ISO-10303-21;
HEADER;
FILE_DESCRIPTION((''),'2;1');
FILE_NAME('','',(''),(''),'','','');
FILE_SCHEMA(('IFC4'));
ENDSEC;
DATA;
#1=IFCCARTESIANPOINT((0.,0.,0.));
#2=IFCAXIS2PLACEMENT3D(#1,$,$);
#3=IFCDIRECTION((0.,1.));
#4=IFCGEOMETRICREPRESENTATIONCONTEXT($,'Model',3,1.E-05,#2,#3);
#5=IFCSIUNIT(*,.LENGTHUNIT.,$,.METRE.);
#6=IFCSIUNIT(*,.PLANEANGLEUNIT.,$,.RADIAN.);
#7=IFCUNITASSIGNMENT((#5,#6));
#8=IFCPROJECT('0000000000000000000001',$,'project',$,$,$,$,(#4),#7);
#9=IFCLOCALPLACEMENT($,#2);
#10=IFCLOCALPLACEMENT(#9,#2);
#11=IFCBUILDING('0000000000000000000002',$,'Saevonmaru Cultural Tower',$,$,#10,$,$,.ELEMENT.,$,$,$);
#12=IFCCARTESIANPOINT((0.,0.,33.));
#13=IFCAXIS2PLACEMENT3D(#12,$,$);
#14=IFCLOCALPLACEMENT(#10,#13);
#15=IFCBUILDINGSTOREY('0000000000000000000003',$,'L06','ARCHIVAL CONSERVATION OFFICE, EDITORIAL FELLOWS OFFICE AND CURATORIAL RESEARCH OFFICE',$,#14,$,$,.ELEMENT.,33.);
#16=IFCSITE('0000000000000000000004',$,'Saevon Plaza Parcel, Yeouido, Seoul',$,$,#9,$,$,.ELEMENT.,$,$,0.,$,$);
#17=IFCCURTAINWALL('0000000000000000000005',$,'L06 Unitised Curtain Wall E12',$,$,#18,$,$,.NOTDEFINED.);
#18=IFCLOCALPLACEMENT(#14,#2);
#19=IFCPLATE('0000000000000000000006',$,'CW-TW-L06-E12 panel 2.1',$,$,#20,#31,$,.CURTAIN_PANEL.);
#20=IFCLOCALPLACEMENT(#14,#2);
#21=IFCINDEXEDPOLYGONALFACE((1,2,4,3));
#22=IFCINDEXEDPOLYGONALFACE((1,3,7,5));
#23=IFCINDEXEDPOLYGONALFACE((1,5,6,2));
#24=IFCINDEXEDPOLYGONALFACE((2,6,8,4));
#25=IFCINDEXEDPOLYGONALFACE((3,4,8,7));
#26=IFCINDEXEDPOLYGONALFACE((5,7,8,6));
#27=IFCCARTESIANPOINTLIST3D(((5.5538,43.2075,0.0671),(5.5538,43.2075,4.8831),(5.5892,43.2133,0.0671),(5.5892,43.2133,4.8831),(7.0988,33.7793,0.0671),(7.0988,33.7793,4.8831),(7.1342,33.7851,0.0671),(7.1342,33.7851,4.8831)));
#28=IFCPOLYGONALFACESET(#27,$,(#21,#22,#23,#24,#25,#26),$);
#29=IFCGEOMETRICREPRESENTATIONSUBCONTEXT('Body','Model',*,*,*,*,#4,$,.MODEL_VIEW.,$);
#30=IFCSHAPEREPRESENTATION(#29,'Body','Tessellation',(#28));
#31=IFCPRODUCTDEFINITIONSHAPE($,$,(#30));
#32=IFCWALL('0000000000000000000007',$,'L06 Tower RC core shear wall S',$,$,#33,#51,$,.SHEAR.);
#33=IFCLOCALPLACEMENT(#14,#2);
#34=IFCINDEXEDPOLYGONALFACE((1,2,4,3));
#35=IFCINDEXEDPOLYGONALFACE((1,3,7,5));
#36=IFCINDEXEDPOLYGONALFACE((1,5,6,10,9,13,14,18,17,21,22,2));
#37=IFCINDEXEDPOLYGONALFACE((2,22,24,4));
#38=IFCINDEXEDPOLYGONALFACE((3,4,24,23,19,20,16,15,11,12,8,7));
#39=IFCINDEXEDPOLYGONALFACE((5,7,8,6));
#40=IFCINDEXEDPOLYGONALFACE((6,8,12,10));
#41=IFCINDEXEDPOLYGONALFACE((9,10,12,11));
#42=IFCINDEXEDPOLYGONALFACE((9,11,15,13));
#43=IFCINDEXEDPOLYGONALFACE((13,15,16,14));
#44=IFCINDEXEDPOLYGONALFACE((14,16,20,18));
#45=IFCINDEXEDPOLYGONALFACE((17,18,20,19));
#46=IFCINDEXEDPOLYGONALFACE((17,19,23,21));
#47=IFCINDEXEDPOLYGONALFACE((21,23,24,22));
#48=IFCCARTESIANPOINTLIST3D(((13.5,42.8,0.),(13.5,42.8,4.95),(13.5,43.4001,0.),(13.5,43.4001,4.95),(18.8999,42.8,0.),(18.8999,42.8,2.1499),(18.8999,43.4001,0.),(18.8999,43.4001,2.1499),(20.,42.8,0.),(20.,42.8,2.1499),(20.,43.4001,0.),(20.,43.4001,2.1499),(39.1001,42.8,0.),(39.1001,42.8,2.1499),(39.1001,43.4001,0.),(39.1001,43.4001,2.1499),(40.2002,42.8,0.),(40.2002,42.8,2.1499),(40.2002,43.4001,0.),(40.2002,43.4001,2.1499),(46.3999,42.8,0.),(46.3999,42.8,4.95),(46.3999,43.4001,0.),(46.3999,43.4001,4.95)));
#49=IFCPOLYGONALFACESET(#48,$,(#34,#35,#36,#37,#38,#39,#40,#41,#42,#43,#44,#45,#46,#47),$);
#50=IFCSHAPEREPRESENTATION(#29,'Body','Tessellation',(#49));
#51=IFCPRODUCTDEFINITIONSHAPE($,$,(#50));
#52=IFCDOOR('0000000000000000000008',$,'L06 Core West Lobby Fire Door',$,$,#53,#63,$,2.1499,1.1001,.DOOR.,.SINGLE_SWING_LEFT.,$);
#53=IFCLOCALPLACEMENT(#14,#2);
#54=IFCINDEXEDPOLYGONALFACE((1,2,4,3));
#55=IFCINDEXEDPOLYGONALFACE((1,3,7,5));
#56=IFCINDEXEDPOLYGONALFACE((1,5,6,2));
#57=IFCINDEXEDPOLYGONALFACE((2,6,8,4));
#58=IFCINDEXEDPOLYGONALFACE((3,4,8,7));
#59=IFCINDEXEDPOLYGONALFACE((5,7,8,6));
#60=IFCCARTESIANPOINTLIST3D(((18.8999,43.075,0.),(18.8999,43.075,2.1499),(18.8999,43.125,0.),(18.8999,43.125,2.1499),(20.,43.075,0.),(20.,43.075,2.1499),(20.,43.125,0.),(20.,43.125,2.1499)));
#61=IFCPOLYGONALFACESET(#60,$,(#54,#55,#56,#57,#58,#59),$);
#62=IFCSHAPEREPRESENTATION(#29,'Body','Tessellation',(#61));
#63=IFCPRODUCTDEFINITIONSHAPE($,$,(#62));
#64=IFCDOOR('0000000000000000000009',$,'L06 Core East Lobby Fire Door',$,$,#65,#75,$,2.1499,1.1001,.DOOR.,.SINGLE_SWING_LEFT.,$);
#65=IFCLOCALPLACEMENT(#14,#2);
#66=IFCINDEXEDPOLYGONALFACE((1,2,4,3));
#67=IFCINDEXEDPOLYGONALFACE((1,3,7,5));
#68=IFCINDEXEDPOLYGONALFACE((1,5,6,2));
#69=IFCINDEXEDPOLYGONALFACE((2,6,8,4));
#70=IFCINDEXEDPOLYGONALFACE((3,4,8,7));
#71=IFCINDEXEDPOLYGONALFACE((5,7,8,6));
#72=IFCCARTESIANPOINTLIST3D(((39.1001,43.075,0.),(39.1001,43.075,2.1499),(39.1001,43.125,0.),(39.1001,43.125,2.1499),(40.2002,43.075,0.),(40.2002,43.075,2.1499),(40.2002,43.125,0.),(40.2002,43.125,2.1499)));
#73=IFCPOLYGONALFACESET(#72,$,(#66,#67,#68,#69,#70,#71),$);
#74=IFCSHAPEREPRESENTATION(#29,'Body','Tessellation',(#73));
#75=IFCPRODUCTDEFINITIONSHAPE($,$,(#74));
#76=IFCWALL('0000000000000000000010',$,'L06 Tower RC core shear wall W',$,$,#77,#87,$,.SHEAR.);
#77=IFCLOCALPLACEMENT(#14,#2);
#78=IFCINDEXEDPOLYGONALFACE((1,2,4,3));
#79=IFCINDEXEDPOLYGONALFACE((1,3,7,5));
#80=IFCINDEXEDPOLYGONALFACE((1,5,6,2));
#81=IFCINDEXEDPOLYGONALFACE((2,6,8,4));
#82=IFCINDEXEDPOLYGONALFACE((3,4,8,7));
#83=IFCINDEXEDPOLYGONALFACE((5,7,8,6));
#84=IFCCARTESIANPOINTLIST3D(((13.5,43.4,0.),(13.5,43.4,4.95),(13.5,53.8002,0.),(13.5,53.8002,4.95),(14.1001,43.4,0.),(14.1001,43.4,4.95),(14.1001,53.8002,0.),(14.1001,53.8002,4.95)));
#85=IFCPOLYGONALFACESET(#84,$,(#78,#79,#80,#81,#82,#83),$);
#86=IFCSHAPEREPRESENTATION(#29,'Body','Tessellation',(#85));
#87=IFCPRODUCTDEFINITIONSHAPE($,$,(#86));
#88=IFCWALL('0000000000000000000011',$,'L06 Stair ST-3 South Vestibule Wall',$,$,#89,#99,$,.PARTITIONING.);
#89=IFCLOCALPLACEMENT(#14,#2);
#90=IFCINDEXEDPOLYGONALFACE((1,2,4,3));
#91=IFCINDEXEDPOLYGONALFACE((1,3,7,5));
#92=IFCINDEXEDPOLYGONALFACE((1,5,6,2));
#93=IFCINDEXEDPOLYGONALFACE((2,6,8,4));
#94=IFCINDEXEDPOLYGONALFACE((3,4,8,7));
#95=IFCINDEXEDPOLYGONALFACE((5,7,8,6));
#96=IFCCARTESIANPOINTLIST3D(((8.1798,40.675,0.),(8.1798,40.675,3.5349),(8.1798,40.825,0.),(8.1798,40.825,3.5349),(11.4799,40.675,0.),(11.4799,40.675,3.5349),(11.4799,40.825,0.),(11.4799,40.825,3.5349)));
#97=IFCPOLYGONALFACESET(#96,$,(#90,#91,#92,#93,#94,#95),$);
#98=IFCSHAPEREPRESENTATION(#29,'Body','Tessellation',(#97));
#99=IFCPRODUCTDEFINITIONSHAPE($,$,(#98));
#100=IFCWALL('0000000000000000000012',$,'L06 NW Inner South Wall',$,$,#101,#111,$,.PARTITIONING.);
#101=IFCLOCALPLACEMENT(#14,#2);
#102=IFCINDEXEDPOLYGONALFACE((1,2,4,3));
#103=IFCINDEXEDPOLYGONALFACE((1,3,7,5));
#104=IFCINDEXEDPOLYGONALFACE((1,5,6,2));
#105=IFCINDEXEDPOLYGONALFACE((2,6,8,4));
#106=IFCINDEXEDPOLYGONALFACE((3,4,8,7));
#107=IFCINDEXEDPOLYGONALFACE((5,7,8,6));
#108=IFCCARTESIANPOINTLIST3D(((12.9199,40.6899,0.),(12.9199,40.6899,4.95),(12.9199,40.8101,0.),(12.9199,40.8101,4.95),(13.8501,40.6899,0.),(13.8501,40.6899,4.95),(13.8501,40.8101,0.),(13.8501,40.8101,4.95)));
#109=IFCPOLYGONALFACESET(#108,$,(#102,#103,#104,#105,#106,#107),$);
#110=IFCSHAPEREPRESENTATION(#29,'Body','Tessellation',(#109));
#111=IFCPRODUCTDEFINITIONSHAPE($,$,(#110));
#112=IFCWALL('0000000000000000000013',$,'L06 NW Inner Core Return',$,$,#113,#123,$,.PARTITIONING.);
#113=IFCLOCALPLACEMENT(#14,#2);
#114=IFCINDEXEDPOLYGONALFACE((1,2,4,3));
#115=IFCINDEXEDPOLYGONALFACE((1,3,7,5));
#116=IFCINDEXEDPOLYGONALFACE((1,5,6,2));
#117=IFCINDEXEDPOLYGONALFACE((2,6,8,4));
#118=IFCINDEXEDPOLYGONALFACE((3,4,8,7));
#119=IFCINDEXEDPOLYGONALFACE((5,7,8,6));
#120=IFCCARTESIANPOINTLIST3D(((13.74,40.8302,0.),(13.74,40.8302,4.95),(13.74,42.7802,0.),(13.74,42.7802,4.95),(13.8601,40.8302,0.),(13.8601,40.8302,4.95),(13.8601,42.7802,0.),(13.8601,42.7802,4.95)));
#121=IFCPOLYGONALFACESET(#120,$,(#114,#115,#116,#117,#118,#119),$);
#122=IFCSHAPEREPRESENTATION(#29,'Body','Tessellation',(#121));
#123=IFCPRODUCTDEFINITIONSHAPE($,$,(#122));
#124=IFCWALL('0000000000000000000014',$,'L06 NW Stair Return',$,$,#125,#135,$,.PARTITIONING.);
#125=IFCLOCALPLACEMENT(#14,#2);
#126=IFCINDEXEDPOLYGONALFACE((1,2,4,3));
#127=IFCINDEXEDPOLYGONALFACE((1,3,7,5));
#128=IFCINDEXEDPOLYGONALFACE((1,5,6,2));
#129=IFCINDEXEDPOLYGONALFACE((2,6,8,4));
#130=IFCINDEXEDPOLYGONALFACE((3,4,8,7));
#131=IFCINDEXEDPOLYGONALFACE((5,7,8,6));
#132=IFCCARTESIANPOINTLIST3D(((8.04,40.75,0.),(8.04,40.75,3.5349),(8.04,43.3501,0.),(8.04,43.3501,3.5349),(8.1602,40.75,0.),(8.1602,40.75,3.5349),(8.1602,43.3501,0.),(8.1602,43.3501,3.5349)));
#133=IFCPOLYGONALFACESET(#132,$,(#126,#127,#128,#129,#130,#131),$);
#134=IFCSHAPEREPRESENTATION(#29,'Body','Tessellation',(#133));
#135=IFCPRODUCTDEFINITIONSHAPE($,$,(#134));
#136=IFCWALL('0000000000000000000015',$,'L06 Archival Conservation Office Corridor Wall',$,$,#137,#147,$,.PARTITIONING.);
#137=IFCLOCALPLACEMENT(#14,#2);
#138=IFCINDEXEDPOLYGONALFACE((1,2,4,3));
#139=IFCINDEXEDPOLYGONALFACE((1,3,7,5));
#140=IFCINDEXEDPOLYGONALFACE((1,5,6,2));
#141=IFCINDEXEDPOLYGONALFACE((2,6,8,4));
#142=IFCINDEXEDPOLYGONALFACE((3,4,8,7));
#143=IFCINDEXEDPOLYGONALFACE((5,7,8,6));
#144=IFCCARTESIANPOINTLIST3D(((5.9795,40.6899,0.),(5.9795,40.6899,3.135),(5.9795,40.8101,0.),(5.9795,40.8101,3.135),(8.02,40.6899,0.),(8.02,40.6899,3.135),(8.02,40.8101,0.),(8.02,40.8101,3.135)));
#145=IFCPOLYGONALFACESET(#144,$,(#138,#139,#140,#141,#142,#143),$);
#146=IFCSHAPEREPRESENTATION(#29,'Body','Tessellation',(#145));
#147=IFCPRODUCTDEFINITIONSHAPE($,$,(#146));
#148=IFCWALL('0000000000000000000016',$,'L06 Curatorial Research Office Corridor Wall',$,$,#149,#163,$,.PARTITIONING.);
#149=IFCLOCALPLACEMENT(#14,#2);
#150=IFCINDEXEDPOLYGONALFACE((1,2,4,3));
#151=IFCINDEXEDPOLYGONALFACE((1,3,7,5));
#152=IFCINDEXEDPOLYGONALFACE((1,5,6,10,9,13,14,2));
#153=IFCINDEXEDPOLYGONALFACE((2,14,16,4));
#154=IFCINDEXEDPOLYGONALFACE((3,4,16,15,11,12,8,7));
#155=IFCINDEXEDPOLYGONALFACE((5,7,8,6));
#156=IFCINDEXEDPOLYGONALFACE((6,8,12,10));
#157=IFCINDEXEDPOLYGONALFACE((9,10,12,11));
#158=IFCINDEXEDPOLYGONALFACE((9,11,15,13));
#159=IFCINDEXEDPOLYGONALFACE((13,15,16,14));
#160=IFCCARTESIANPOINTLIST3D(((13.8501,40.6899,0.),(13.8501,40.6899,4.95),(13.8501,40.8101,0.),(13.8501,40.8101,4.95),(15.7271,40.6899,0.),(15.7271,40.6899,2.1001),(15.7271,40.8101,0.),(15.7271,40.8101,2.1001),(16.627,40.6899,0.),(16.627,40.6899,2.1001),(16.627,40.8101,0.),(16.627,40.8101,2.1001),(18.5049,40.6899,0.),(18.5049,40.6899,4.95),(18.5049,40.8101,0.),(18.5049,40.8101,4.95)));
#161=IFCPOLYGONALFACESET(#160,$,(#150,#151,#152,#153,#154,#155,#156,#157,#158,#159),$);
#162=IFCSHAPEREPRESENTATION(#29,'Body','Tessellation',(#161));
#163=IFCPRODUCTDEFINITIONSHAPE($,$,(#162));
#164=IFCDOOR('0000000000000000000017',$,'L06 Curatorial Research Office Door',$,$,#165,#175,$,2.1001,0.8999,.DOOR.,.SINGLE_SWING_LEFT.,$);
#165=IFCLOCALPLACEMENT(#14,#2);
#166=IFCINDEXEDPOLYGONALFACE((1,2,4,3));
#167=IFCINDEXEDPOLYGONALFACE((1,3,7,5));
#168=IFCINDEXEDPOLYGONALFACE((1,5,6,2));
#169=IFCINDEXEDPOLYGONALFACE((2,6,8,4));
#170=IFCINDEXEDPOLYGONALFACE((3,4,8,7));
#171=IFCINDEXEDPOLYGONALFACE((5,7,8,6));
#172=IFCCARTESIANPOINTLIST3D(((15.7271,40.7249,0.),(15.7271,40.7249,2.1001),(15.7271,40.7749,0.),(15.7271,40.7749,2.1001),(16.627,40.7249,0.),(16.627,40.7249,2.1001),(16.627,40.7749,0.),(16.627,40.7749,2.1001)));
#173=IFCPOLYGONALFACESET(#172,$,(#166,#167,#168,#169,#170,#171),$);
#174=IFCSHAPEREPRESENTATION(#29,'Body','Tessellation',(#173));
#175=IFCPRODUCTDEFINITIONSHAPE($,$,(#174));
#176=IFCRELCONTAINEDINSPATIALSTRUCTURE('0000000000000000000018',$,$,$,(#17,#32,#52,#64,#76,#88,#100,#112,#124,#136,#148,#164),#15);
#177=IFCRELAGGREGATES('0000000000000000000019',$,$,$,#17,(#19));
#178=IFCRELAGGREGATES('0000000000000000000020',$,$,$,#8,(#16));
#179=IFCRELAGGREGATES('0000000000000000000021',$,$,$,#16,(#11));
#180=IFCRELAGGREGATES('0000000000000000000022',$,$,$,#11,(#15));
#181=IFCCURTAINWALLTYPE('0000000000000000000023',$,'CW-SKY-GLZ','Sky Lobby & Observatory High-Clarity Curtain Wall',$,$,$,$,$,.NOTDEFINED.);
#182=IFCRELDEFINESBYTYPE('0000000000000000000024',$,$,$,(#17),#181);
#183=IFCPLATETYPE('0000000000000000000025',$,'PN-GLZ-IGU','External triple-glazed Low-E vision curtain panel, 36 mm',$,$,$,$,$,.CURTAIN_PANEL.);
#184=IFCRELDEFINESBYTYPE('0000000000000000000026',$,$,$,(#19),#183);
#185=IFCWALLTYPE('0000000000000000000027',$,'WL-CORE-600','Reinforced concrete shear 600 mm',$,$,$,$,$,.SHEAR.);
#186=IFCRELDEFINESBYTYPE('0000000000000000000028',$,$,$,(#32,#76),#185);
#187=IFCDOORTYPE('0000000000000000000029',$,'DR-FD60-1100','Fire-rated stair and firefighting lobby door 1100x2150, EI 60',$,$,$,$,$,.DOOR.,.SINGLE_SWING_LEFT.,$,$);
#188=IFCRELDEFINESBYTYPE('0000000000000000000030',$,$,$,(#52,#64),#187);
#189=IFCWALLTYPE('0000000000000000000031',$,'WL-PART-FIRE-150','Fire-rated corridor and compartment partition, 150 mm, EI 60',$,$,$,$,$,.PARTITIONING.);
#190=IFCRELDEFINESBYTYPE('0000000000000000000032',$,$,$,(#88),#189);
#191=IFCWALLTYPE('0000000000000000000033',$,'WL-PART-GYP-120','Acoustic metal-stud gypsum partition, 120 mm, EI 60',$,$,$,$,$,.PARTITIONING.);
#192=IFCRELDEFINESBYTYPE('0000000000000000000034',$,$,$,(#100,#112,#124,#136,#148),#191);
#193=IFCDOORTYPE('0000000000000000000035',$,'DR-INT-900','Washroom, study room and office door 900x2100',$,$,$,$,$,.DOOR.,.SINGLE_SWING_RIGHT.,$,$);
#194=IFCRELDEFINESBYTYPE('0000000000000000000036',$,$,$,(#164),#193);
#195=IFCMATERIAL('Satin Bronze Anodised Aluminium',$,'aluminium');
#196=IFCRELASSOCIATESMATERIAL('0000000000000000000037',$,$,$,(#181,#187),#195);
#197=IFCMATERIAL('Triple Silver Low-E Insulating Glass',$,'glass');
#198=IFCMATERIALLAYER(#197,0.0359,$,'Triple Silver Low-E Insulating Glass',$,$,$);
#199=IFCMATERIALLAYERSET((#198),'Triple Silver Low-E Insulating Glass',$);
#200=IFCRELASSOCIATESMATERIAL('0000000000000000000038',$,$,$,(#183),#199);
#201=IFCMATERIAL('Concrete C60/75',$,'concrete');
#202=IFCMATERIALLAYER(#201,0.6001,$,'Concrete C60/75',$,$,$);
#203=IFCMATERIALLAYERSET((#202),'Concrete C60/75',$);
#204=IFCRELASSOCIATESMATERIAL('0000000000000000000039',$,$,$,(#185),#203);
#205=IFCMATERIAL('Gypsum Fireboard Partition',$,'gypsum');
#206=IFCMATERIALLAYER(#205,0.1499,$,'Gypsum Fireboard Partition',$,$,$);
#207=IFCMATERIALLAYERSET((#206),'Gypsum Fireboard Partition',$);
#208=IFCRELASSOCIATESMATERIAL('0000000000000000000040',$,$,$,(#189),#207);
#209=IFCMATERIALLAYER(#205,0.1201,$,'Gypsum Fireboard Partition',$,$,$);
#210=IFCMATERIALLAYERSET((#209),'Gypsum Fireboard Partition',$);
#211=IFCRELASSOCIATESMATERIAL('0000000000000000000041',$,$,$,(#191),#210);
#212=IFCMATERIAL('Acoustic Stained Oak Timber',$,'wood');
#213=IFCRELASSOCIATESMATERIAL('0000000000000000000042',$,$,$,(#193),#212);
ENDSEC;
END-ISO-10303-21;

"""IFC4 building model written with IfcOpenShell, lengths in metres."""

from ifc_helpers import new_model, si_unit, direction, frame, frame_2d, origin, origin_2d, place, context, subcontext, project, spatial, rectangle, extrude, material, layer, layer_set, type_object, element, fill, aggregate, save


model = new_model("IFC4")

# Units and contexts
model_context = context("Model", 3, precision=1e-05, world=origin(), true_north=direction((0.0, 1.0)))
body_context = subcontext(model_context, "Body", "Model", "MODEL_VIEW")
ifc_project = project(units=[si_unit("LENGTHUNIT", "METRE"), si_unit("PLANEANGLEUNIT", "RADIAN")], contexts=[model_context])

# Site, building, storey
site_placement = place(None, origin())
site = spatial("IfcSite", under=ifc_project, at=site_placement, Name="Saevon Plaza Parcel, Yeouido, Seoul", CompositionType="ELEMENT", RefElevation=0.0)
building_placement = place(site_placement, origin())
building = spatial("IfcBuilding", under=site, at=building_placement, Name="Saevonmaru Cultural Tower", CompositionType="ELEMENT")
storey_placement = place(building_placement, frame((0.0, 0.0, 33.0)))
storey = spatial("IfcBuildingStorey", under=building, at=storey_placement, Name="L06", Description="ARCHIVAL CONSERVATION OFFICE, EDITORIAL FELLOWS OFFICE AND CURATORIAL RESEARCH OFFICE", CompositionType="ELEMENT", Elevation=33.0)

# Curtain wall
ifc_material_1 = material(Name="Satin Bronze Anodised Aluminium", Category="aluminium")
curtain_wall_type = type_object("IfcCurtainWallType", Name="CW-SKY-GLZ", Description="Sky Lobby & Observatory High-Clarity Curtain Wall", PredefinedType="NOTDEFINED", material=ifc_material_1)
curtain_wall_placement = place(storey_placement, origin())
curtain_wall = element("IfcCurtainWall", 1, at=curtain_wall_placement, inside=storey, type_object=curtain_wall_type, Name="L06 Unitised Curtain Wall E12", PredefinedType="NOTDEFINED")

# Plate
ifc_material_2 = material(Name="Triple Silver Low-E Insulating Glass", Category="glass")
ifc_layer_1 = layer(ifc_material_2, 0.0359, Name="Triple Silver Low-E Insulating Glass")
ifc_layer_set_1 = layer_set([ifc_layer_1], Name="Triple Silver Low-E Insulating Glass")
plate_type_1 = type_object("IfcPlateType", Name="PN-GLZ-IGU", Description="External triple-glazed Low-E vision curtain panel, 36 mm", PredefinedType="CURTAIN_PANEL", material=ifc_layer_set_1)
plate_placement = place(storey_placement, frame((6.344, 38.4963, 0.0671), z_axis=(0.0, 0.0, 1.0), x_axis=(0.161709, -0.986839, 0.0)))
plate = element("IfcPlate", 2, at=plate_placement, type_object=plate_type_1, Name="CW-TW-L06-E12 panel 2.1", PredefinedType="CURTAIN_PANEL", context=body_context, shape_type="SweptSolid", body=[
    extrude(rectangle(XDim=9.554, YDim=0.0359, at=origin_2d()), origin(), (0.0, 0.0, 1.0), 4.8159),
])
aggregate(curtain_wall, [plate])

# Wall, openings, doors
ifc_material_3 = material(Name="Concrete C60/75", Category="concrete")
ifc_layer_2 = layer(ifc_material_3, 0.6001, Name="Concrete C60/75")
ifc_layer_set_2 = layer_set([ifc_layer_2], Name="Concrete C60/75")
wall_type_1 = type_object("IfcWallType", Name="WL-CORE-600", Description="Reinforced concrete shear 600 mm", PredefinedType="SHEAR", material=ifc_layer_set_2)
wall_1_placement = place(storey_placement, frame((13.5, 43.1001, 0.0), z_axis=(0.0, 0.0, 1.0), x_axis=(1.0, 0.0, 0.0)))
wall_1 = element("IfcWall", 3, at=wall_1_placement, inside=storey, type_object=wall_type_1, Name="L06 Tower RC core shear wall S", PredefinedType="SHEAR", context=body_context, shape_type="SweptSolid", body=[
    extrude(rectangle(XDim=32.8999, YDim=0.6001, at=frame_2d((16.45, 0.0))), origin(), (0.0, 0.0, 1.0), 4.95),
])
opening_1_placement = place(wall_1_placement, frame((5.3999, 0.0, 0.0)))
opening_1 = element("IfcOpeningElement", 4, at=opening_1_placement, cuts=wall_1, PredefinedType="OPENING", context=body_context, shape_type="SweptSolid", body=[
    extrude(rectangle(XDim=1.1001, YDim=2.1499, at=frame_2d((0.55, 1.075))), frame((0.0, 0.3101, 0.0), z_axis=(0.0, -1.0, 0.0), x_axis=(1.0, 0.0, 0.0)), (0.0, 0.0, 1.0), 0.6201),
])
opening_2_placement = place(wall_1_placement, frame((25.6001, 0.0, 0.0)))
opening_2 = element("IfcOpeningElement", 5, at=opening_2_placement, cuts=wall_1, PredefinedType="OPENING", context=body_context, shape_type="SweptSolid", body=[
    extrude(rectangle(XDim=1.1001, YDim=2.1499, at=frame_2d((0.55, 1.075))), frame((0.0, 0.3101, 0.0), z_axis=(0.0, -1.0, 0.0), x_axis=(1.0, 0.0, 0.0)), (0.0, 0.0, 1.0), 0.6201),
])
door_type_1 = type_object("IfcDoorType", Name="DR-FD60-1100", Description="Fire-rated stair and firefighting lobby door 1100x2150, EI 60", OperationType="SINGLE_SWING_LEFT", PredefinedType="DOOR", material=ifc_material_1)
door_1_placement = place(opening_1_placement, origin())
door_1 = element("IfcDoor", 6, at=door_1_placement, inside=storey, type_object=door_type_1, Name="L06 Core West Lobby Fire Door", OperationType="SINGLE_SWING_LEFT", OverallHeight=2.1499, OverallWidth=1.1001, PredefinedType="DOOR", context=body_context, shape_type="SweptSolid", body=[
    extrude(rectangle(XDim=1.1001, YDim=2.1499, at=frame_2d((0.55, 1.075))), frame((0.0, 0.0249, 0.0), z_axis=(0.0, -1.0, 0.0), x_axis=(1.0, 0.0, 0.0)), (0.0, 0.0, 1.0), 0.05),
])
fill(opening_1, door_1)
door_2_placement = place(opening_2_placement, origin())
door_2 = element("IfcDoor", 7, at=door_2_placement, inside=storey, type_object=door_type_1, Name="L06 Core East Lobby Fire Door", OperationType="SINGLE_SWING_LEFT", OverallHeight=2.1499, OverallWidth=1.1001, PredefinedType="DOOR", context=body_context, shape_type="SweptSolid", body=[
    extrude(rectangle(XDim=1.1001, YDim=2.1499, at=frame_2d((0.55, 1.075))), frame((0.0, 0.0249, 0.0), z_axis=(0.0, -1.0, 0.0), x_axis=(1.0, 0.0, 0.0)), (0.0, 0.0, 1.0), 0.05),
])
fill(opening_2, door_2)

# Walls
wall_2_placement = place(storey_placement, frame((13.8, 43.3999, 0.0), z_axis=(0.0, 0.0, 1.0), x_axis=(0.0, 1.0, 0.0)))
element("IfcWall", 8, at=wall_2_placement, inside=storey, type_object=wall_type_1, Name="L06 Tower RC core shear wall W", PredefinedType="SHEAR", context=body_context, shape_type="SweptSolid", body=[
    extrude(rectangle(XDim=10.4001, YDim=0.6001, at=frame_2d((5.2002, 0.0))), origin(), (0.0, 0.0, 1.0), 4.95),
])
ifc_material_4 = material(Name="Gypsum Fireboard Partition", Category="gypsum")
ifc_layer_3 = layer(ifc_material_4, 0.1499, Name="Gypsum Fireboard Partition")
ifc_layer_set_3 = layer_set([ifc_layer_3], Name="Gypsum Fireboard Partition")
wall_type_2 = type_object("IfcWallType", Name="WL-PART-FIRE-150", Description="Fire-rated corridor and compartment partition, 150 mm, EI 60", PredefinedType="PARTITIONING", material=ifc_layer_set_3)
wall_3_placement = place(storey_placement, frame((8.1799, 40.75, 0.0), z_axis=(0.0, 0.0, 1.0), x_axis=(1.0, 0.0, 0.0)))
element("IfcWall", 9, at=wall_3_placement, inside=storey, type_object=wall_type_2, Name="L06 Stair ST-3 South Vestibule Wall", PredefinedType="PARTITIONING", context=body_context, shape_type="SweptSolid", body=[
    extrude(rectangle(XDim=3.3, YDim=0.1499, at=frame_2d((1.6499, 0.0))), origin(), (0.0, 0.0, 1.0), 3.5349),
])
ifc_layer_4 = layer(ifc_material_4, 0.1201, Name="Gypsum Fireboard Partition")
ifc_layer_set_4 = layer_set([ifc_layer_4], Name="Gypsum Fireboard Partition")
wall_type_3 = type_object("IfcWallType", Name="WL-PART-GYP-120", Description="Acoustic metal-stud gypsum partition, 120 mm, EI 60", PredefinedType="PARTITIONING", material=ifc_layer_set_4)
wall_4_placement = place(storey_placement, frame((12.9199, 40.75, 0.0), z_axis=(0.0, 0.0, 1.0), x_axis=(1.0, 0.0, 0.0)))
element("IfcWall", 10, at=wall_4_placement, inside=storey, type_object=wall_type_3, Name="L06 NW Inner South Wall", PredefinedType="PARTITIONING", context=body_context, shape_type="SweptSolid", body=[
    extrude(rectangle(XDim=0.9302, YDim=0.1201, at=frame_2d((0.4651, 0.0))), origin(), (0.0, 0.0, 1.0), 4.95),
])
wall_5_placement = place(storey_placement, frame((13.8, 40.8301, 0.0), z_axis=(0.0, 0.0, 1.0), x_axis=(0.0, 1.0, 0.0)))
element("IfcWall", 11, at=wall_5_placement, inside=storey, type_object=wall_type_3, Name="L06 NW Inner Core Return", PredefinedType="PARTITIONING", context=body_context, shape_type="SweptSolid", body=[
    extrude(rectangle(XDim=1.95, YDim=0.1201, at=frame_2d((0.9751, 0.0))), origin(), (0.0, 0.0, 1.0), 4.95),
])
wall_6_placement = place(storey_placement, frame((8.1001, 40.75, 0.0), z_axis=(0.0, 0.0, 1.0), x_axis=(0.0, 1.0, 0.0)))
element("IfcWall", 12, at=wall_6_placement, inside=storey, type_object=wall_type_3, Name="L06 NW Stair Return", PredefinedType="PARTITIONING", context=body_context, shape_type="SweptSolid", body=[
    extrude(rectangle(XDim=2.6001, YDim=0.1201, at=frame_2d((1.3, 0.0))), origin(), (0.0, 0.0, 1.0), 3.5349),
])
wall_7_placement = place(storey_placement, frame((5.9795, 40.75, 0.0), z_axis=(0.0, 0.0, 1.0), x_axis=(1.0, 0.0, 0.0)))
element("IfcWall", 13, at=wall_7_placement, inside=storey, type_object=wall_type_3, Name="L06 Archival Conservation Office Corridor Wall", PredefinedType="PARTITIONING", context=body_context, shape_type="SweptSolid", body=[
    extrude(rectangle(XDim=2.0405, YDim=0.1201, at=frame_2d((1.0203, 0.0))), origin(), (0.0, 0.0, 1.0), 3.135),
])

# Wall, opening, door
wall_8_placement = place(storey_placement, frame((13.8501, 40.75, 0.0), z_axis=(0.0, 0.0, 1.0), x_axis=(1.0, 0.0, 0.0)))
wall_8 = element("IfcWall", 14, at=wall_8_placement, inside=storey, type_object=wall_type_3, Name="L06 Curatorial Research Office Corridor Wall", PredefinedType="PARTITIONING", context=body_context, shape_type="SweptSolid", body=[
    extrude(rectangle(XDim=4.6548, YDim=0.1201, at=frame_2d((2.3274, 0.0))), origin(), (0.0, 0.0, 1.0), 4.95),
])
opening_3_placement = place(wall_8_placement, frame((1.877, 0.0, 0.0)))
opening_3 = element("IfcOpeningElement", 15, at=opening_3_placement, cuts=wall_8, PredefinedType="OPENING", context=body_context, shape_type="SweptSolid", body=[
    extrude(rectangle(XDim=0.8999, YDim=2.1001, at=frame_2d((0.45, 1.05))), frame((0.0, 0.0701, 0.0), z_axis=(0.0, -1.0, 0.0), x_axis=(1.0, 0.0, 0.0)), (0.0, 0.0, 1.0), 0.1401),
])
ifc_material_5 = material(Name="Acoustic Stained Oak Timber", Category="wood")
door_type_2 = type_object("IfcDoorType", Name="DR-INT-900", Description="Washroom, study room and office door 900x2100", OperationType="SINGLE_SWING_RIGHT", PredefinedType="DOOR", material=ifc_material_5)
door_3_placement = place(opening_3_placement, origin())
door_3 = element("IfcDoor", 16, at=door_3_placement, inside=storey, type_object=door_type_2, Name="L06 Curatorial Research Office Door", OperationType="SINGLE_SWING_LEFT", OverallHeight=2.1001, OverallWidth=0.8999, PredefinedType="DOOR", context=body_context, shape_type="SweptSolid", body=[
    extrude(rectangle(XDim=0.8999, YDim=2.1001, at=frame_2d((0.45, 1.05))), frame((0.0, 0.0249, 0.0), z_axis=(0.0, -1.0, 0.0), x_axis=(1.0, 0.0, 0.0)), (0.0, 0.0, 1.0), 0.05),
])
fill(opening_3, door_3)

save(model, "model.ifc")
